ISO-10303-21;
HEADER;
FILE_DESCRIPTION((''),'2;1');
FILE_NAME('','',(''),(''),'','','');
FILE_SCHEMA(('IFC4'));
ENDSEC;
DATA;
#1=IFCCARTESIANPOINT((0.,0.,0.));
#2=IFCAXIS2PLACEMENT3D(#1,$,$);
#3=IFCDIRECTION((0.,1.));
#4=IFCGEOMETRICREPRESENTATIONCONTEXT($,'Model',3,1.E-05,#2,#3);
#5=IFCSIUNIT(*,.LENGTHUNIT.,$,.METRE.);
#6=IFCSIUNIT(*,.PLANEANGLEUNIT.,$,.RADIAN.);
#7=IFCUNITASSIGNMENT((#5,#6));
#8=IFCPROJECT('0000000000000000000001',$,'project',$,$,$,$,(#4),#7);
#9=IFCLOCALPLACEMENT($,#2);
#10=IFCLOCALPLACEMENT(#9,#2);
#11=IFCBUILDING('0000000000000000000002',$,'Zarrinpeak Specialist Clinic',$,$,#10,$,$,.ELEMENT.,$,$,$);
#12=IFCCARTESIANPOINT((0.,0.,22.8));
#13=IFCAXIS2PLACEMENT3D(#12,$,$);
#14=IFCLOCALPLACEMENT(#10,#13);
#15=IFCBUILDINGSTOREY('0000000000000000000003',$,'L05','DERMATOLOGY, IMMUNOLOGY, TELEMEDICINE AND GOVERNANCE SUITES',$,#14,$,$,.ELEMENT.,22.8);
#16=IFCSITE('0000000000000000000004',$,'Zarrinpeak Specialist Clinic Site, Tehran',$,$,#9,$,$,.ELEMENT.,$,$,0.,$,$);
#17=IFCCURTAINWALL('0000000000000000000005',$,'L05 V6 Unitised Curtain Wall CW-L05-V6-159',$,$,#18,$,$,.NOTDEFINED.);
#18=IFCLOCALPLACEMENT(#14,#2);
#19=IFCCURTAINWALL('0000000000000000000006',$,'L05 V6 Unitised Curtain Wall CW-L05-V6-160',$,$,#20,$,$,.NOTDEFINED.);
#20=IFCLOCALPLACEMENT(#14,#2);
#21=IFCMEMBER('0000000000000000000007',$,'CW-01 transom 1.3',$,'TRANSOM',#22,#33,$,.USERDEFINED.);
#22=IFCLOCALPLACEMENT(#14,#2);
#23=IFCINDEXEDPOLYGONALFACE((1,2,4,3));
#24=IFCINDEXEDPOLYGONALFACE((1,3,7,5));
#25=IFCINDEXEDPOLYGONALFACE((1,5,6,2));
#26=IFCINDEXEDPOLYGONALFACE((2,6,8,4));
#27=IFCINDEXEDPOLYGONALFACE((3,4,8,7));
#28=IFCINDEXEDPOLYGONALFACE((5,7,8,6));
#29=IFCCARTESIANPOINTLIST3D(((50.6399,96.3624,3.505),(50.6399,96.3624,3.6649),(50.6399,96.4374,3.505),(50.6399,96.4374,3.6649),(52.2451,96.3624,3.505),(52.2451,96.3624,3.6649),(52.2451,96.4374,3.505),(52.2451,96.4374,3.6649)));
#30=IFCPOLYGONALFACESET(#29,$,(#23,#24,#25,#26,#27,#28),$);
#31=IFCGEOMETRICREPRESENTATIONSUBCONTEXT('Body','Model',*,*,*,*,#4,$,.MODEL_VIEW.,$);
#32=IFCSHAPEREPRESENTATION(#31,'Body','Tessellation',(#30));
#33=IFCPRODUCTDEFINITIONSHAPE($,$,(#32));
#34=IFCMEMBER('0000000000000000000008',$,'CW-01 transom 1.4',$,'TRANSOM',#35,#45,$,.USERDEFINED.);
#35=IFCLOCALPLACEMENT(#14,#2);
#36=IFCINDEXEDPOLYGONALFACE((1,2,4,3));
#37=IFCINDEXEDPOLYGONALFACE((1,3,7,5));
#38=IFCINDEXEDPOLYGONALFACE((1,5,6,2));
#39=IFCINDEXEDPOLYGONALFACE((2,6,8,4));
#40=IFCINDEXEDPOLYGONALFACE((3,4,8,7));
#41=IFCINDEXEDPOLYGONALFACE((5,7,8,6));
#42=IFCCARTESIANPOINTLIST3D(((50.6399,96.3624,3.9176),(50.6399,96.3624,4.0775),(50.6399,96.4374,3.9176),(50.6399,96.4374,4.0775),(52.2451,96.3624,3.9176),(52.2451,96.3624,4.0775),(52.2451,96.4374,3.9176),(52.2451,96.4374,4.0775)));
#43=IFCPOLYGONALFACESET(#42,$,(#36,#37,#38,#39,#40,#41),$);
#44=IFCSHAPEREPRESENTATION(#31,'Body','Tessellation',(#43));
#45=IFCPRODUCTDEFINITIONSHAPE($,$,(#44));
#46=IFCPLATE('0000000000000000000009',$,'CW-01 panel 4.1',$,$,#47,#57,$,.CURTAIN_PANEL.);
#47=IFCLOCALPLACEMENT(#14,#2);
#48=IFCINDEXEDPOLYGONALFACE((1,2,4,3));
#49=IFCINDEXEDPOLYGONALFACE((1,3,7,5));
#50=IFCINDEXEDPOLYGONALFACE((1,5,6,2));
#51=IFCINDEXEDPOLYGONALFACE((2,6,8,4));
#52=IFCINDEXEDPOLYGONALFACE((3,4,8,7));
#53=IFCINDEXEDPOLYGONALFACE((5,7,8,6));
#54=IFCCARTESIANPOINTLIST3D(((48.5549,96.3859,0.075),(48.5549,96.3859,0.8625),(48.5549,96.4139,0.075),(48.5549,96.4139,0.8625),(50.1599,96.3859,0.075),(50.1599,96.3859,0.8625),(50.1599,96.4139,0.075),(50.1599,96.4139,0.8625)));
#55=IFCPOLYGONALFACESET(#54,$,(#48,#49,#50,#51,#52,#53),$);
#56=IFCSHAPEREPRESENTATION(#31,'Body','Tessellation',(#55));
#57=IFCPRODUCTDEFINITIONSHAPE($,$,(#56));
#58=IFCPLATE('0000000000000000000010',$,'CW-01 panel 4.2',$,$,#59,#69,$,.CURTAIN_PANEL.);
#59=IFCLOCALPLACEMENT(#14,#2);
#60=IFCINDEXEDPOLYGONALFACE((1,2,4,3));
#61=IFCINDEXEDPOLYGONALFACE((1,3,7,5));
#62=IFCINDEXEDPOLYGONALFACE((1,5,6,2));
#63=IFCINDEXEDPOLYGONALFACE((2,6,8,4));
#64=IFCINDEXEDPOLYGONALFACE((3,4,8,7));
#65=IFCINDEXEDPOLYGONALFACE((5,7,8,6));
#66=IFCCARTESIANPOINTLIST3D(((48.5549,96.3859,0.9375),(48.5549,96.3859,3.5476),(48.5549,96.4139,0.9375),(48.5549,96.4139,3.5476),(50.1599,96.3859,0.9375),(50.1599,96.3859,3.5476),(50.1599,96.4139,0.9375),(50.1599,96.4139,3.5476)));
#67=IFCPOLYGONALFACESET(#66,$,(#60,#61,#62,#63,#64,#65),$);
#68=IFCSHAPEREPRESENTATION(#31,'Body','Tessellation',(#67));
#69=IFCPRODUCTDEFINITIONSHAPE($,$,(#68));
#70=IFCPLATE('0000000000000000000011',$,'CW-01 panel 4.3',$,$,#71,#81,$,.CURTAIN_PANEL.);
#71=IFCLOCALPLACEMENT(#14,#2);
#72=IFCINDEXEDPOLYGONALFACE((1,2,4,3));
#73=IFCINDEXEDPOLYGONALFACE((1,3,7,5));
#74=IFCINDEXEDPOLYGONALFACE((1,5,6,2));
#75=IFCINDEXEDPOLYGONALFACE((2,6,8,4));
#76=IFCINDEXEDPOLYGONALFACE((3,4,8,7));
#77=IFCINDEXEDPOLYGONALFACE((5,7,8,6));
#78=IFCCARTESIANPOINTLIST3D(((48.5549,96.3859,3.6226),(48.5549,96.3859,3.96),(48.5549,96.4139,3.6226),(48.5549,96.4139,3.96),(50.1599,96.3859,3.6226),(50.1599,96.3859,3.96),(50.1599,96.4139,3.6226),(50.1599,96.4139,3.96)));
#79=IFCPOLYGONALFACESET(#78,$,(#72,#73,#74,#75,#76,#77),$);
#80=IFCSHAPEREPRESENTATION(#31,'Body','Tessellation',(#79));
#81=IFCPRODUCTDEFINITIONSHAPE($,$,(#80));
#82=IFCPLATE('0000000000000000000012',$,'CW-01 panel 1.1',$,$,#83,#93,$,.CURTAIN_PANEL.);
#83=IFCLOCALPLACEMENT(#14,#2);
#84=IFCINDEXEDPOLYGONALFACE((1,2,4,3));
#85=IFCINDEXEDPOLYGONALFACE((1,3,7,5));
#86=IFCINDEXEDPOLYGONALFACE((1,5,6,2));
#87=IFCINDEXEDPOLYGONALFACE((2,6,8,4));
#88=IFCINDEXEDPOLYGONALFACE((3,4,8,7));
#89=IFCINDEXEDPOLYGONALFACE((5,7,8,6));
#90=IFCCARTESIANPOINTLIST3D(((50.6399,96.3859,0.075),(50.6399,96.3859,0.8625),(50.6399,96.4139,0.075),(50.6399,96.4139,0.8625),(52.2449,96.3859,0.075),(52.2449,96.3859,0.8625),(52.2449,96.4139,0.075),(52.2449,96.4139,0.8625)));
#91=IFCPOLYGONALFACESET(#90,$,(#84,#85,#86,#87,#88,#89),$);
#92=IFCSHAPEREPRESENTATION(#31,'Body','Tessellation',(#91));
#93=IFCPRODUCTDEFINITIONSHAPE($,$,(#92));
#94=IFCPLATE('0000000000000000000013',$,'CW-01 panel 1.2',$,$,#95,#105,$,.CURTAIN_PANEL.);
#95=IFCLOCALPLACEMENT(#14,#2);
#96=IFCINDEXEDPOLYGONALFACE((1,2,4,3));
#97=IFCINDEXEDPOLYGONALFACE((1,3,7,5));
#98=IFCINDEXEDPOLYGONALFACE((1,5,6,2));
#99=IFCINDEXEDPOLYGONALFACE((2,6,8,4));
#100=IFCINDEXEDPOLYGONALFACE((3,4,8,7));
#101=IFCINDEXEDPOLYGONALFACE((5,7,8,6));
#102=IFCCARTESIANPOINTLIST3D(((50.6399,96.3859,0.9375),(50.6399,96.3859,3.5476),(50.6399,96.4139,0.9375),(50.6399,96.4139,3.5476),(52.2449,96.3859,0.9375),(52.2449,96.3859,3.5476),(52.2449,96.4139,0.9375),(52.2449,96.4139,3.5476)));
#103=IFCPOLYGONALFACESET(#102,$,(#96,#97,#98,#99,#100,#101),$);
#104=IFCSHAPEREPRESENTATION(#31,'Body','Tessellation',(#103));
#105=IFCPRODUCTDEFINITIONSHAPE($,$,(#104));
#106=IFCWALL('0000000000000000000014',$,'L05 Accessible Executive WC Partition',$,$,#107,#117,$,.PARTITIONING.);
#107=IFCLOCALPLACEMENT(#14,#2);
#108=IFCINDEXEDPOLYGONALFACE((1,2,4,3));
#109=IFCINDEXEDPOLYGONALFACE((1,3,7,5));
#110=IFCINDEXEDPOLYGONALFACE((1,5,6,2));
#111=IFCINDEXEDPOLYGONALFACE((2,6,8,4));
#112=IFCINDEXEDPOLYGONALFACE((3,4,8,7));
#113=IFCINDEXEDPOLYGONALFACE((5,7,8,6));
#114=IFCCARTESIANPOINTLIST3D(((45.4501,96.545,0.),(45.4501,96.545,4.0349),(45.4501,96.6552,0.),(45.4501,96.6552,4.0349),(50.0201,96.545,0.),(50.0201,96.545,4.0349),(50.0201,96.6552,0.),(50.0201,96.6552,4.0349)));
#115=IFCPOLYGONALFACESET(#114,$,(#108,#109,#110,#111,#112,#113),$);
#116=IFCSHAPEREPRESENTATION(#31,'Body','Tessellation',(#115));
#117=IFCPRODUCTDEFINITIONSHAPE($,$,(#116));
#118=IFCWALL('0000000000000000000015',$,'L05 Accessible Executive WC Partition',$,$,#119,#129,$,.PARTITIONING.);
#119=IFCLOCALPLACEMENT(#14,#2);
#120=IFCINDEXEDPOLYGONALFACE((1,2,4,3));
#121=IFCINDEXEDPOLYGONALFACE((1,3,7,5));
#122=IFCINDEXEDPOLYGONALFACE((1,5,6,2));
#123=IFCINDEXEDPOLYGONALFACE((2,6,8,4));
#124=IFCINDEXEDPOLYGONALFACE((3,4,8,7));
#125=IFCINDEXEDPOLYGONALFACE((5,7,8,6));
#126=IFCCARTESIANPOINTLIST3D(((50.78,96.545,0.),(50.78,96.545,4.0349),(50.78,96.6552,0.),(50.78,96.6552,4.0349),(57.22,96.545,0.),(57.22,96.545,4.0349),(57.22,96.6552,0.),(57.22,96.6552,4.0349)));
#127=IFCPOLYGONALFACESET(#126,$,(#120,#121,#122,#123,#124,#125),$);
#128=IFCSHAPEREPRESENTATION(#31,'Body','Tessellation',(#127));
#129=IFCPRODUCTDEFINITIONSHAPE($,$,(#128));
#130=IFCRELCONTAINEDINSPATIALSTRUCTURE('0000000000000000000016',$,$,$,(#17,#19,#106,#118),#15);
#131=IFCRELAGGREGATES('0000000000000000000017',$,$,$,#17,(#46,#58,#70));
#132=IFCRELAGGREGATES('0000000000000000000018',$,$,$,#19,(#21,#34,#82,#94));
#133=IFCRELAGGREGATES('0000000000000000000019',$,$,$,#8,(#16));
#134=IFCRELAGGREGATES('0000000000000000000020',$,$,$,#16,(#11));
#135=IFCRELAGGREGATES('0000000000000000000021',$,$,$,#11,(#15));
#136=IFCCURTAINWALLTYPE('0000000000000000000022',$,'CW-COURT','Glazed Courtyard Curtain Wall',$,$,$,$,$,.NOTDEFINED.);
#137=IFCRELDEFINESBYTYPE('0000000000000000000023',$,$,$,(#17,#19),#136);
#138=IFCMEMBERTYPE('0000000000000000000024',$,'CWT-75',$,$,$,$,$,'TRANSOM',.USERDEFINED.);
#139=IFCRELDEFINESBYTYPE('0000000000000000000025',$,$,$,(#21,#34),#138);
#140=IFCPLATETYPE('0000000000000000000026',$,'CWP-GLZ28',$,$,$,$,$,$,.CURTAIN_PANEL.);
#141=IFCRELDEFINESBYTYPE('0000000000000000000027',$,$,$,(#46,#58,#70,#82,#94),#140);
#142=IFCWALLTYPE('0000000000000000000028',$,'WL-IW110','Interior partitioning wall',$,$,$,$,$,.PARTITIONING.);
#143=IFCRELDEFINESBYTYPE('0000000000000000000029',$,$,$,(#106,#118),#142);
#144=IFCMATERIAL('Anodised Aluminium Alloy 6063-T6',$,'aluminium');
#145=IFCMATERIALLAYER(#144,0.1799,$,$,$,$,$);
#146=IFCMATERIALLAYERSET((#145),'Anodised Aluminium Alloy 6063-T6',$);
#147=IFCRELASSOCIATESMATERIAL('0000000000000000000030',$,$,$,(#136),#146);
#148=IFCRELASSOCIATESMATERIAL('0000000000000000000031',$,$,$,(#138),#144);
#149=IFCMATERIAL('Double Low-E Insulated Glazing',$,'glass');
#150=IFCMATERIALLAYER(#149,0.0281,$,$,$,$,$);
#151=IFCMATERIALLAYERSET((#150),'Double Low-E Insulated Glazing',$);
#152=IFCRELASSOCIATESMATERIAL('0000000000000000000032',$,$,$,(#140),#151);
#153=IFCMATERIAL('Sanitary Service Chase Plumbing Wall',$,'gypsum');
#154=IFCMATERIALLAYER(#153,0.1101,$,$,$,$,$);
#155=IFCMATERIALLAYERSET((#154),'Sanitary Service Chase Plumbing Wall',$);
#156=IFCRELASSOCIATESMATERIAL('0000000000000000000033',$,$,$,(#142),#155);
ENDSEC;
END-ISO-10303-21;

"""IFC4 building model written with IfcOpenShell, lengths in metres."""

from ifc_helpers import new_model, si_unit, direction, frame, frame_2d, origin, origin_2d, place, context, subcontext, project, spatial, rectangle, extrude, material, layer, layer_set, material_profile, profile_set, type_object, element, aggregate, save


model = new_model("IFC4")

# Units and contexts
model_context = context("Model", 3, precision=1e-05, world=origin(), true_north=direction((0.0, 1.0)))
body_context = subcontext(model_context, "Body", "Model", "MODEL_VIEW")
ifc_project = project(units=[si_unit("LENGTHUNIT", "METRE"), si_unit("PLANEANGLEUNIT", "RADIAN")], contexts=[model_context])

# Site, building, storey
site_placement = place(None, origin())
site = spatial("IfcSite", under=ifc_project, at=site_placement, Name="Zarrinpeak Specialist Clinic Site, Tehran", CompositionType="ELEMENT", RefElevation=0.0)
building_placement = place(site_placement, origin())
building = spatial("IfcBuilding", under=site, at=building_placement, Name="Zarrinpeak Specialist Clinic", CompositionType="ELEMENT")
storey_placement = place(building_placement, frame((0.0, 0.0, 22.8)))
storey = spatial("IfcBuildingStorey", under=building, at=storey_placement, Name="L05", Description="DERMATOLOGY, IMMUNOLOGY, TELEMEDICINE AND GOVERNANCE SUITES", CompositionType="ELEMENT", Elevation=22.8)

# Curtain walls
ifc_material_1 = material(Name="Anodised Aluminium Alloy 6063-T6", Category="aluminium")
ifc_layer_1 = layer(ifc_material_1, 0.1799)
ifc_layer_set_1 = layer_set([ifc_layer_1], Name="Anodised Aluminium Alloy 6063-T6")
curtain_wall_type = type_object("IfcCurtainWallType", Name="CW-COURT", Description="Glazed Courtyard Curtain Wall", PredefinedType="NOTDEFINED", material=ifc_layer_set_1)
curtain_wall_1_placement = place(storey_placement, origin())
curtain_wall_1 = element("IfcCurtainWall", 1, at=curtain_wall_1_placement, inside=storey, type_object=curtain_wall_type, Name="L05 V6 Unitised Curtain Wall CW-L05-V6-159", PredefinedType="NOTDEFINED")
curtain_wall_2_placement = place(storey_placement, origin())
curtain_wall_2 = element("IfcCurtainWall", 2, at=curtain_wall_2_placement, inside=storey, type_object=curtain_wall_type, Name="L05 V6 Unitised Curtain Wall CW-L05-V6-160", PredefinedType="NOTDEFINED")

# Members
ifc_material_profile_1 = material_profile(ifc_material_1, rectangle(XDim=0.075, YDim=0.1599, at=origin_2d()), Name="ALU 75x160")
ifc_profile_set_1 = profile_set([ifc_material_profile_1], Name="Anodised Aluminium Alloy 6063-T6")
member_type_1 = type_object("IfcMemberType", Name="CWT-75", ElementType="TRANSOM", PredefinedType="USERDEFINED", material=ifc_profile_set_1)
member_1_placement = place(storey_placement, frame((50.6399, 96.3999, 3.585), z_axis=(1.0, 0.0, 0.0), x_axis=(0.0, 1.0, 0.0)))
member_1 = element("IfcMember", 3, at=member_1_placement, type_object=member_type_1, Name="CW-01 transom 1.3", ObjectType="TRANSOM", PredefinedType="USERDEFINED", context=body_context, shape_type="SweptSolid", body=[
    extrude(rectangle(XDim=0.075, YDim=0.1599, at=origin_2d()), origin(), (0.0, 0.0, 1.0), 1.6052),
])
member_2_placement = place(storey_placement, frame((50.6399, 96.3999, 3.9976), z_axis=(1.0, 0.0, 0.0), x_axis=(0.0, 1.0, 0.0)))
member_2 = element("IfcMember", 4, at=member_2_placement, type_object=member_type_1, Name="CW-01 transom 1.4", ObjectType="TRANSOM", PredefinedType="USERDEFINED", context=body_context, shape_type="SweptSolid", body=[
    extrude(rectangle(XDim=0.075, YDim=0.1599, at=origin_2d()), origin(), (0.0, 0.0, 1.0), 1.6052),
])

# Plates
ifc_material_2 = material(Name="Double Low-E Insulated Glazing", Category="glass")
ifc_layer_2 = layer(ifc_material_2, 0.0281)
ifc_layer_set_2 = layer_set([ifc_layer_2], Name="Double Low-E Insulated Glazing")
plate_type = type_object("IfcPlateType", Name="CWP-GLZ28", PredefinedType="CURTAIN_PANEL", material=ifc_layer_set_2)
plate_1_placement = place(storey_placement, frame((49.3574, 96.3999, 0.075), z_axis=(0.0, 0.0, 1.0), x_axis=(1.0, 0.0, 0.0)))
plate_1 = element("IfcPlate", 5, at=plate_1_placement, type_object=plate_type, Name="CW-01 panel 4.1", PredefinedType="CURTAIN_PANEL", context=body_context, shape_type="SweptSolid", body=[
    extrude(rectangle(XDim=1.605, YDim=0.0281, at=origin_2d()), origin(), (0.0, 0.0, 1.0), 0.7876),
])
plate_2_placement = place(storey_placement, frame((49.3574, 96.3999, 0.9375), z_axis=(0.0, 0.0, 1.0), x_axis=(1.0, 0.0, 0.0)))
plate_2 = element("IfcPlate", 6, at=plate_2_placement, type_object=plate_type, Name="CW-01 panel 4.2", PredefinedType="CURTAIN_PANEL", context=body_context, shape_type="SweptSolid", body=[
    extrude(rectangle(XDim=1.605, YDim=0.0281, at=origin_2d()), origin(), (0.0, 0.0, 1.0), 2.6101),
])
plate_3_placement = place(storey_placement, frame((49.3574, 96.3999, 3.6226), z_axis=(0.0, 0.0, 1.0), x_axis=(1.0, 0.0, 0.0)))
plate_3 = element("IfcPlate", 7, at=plate_3_placement, type_object=plate_type, Name="CW-01 panel 4.3", PredefinedType="CURTAIN_PANEL", context=body_context, shape_type="SweptSolid", body=[
    extrude(rectangle(XDim=1.605, YDim=0.0281, at=origin_2d()), origin(), (0.0, 0.0, 1.0), 0.3374),
])
aggregate(curtain_wall_1, [plate_1, plate_2, plate_3])
plate_4_placement = place(storey_placement, frame((51.4424, 96.3999, 0.075), z_axis=(0.0, 0.0, 1.0), x_axis=(1.0, 0.0, 0.0)))
plate_4 = element("IfcPlate", 8, at=plate_4_placement, type_object=plate_type, Name="CW-01 panel 1.1", PredefinedType="CURTAIN_PANEL", context=body_context, shape_type="SweptSolid", body=[
    extrude(rectangle(XDim=1.605, YDim=0.0281, at=origin_2d()), origin(), (0.0, 0.0, 1.0), 0.7876),
])
plate_5_placement = place(storey_placement, frame((51.4424, 96.3999, 0.9375), z_axis=(0.0, 0.0, 1.0), x_axis=(1.0, 0.0, 0.0)))
plate_5 = element("IfcPlate", 9, at=plate_5_placement, type_object=plate_type, Name="CW-01 panel 1.2", PredefinedType="CURTAIN_PANEL", context=body_context, shape_type="SweptSolid", body=[
    extrude(rectangle(XDim=1.605, YDim=0.0281, at=origin_2d()), origin(), (0.0, 0.0, 1.0), 2.6101),
])
aggregate(curtain_wall_2, [member_1, member_2, plate_4, plate_5])

# Walls
ifc_material_3 = material(Name="Sanitary Service Chase Plumbing Wall", Category="gypsum")
ifc_layer_3 = layer(ifc_material_3, 0.1101)
ifc_layer_set_3 = layer_set([ifc_layer_3], Name="Sanitary Service Chase Plumbing Wall")
wall_type = type_object("IfcWallType", Name="WL-IW110", Description="Interior partitioning wall", PredefinedType="PARTITIONING", material=ifc_layer_set_3)
wall_1_placement = place(storey_placement, frame((45.45, 96.6001, 0.0), z_axis=(0.0, 0.0, 1.0), x_axis=(1.0, 0.0, 0.0)))
element("IfcWall", 10, at=wall_1_placement, inside=storey, type_object=wall_type, Name="L05 Accessible Executive WC Partition", PredefinedType="PARTITIONING", context=body_context, shape_type="SweptSolid", body=[
    extrude(rectangle(XDim=4.5701, YDim=0.1101, at=frame_2d((2.2852, 0.0))), origin(), (0.0, 0.0, 1.0), 4.0349),
])
wall_2_placement = place(storey_placement, frame((50.78, 96.6001, 0.0), z_axis=(0.0, 0.0, 1.0), x_axis=(1.0, 0.0, 0.0)))
element("IfcWall", 11, at=wall_2_placement, inside=storey, type_object=wall_type, Name="L05 Accessible Executive WC Partition", PredefinedType="PARTITIONING", context=body_context, shape_type="SweptSolid", body=[
    extrude(rectangle(XDim=6.4399, YDim=0.1101, at=frame_2d((3.22, 0.0))), origin(), (0.0, 0.0, 1.0), 4.0349),
])

save(model, "model.ifc")
